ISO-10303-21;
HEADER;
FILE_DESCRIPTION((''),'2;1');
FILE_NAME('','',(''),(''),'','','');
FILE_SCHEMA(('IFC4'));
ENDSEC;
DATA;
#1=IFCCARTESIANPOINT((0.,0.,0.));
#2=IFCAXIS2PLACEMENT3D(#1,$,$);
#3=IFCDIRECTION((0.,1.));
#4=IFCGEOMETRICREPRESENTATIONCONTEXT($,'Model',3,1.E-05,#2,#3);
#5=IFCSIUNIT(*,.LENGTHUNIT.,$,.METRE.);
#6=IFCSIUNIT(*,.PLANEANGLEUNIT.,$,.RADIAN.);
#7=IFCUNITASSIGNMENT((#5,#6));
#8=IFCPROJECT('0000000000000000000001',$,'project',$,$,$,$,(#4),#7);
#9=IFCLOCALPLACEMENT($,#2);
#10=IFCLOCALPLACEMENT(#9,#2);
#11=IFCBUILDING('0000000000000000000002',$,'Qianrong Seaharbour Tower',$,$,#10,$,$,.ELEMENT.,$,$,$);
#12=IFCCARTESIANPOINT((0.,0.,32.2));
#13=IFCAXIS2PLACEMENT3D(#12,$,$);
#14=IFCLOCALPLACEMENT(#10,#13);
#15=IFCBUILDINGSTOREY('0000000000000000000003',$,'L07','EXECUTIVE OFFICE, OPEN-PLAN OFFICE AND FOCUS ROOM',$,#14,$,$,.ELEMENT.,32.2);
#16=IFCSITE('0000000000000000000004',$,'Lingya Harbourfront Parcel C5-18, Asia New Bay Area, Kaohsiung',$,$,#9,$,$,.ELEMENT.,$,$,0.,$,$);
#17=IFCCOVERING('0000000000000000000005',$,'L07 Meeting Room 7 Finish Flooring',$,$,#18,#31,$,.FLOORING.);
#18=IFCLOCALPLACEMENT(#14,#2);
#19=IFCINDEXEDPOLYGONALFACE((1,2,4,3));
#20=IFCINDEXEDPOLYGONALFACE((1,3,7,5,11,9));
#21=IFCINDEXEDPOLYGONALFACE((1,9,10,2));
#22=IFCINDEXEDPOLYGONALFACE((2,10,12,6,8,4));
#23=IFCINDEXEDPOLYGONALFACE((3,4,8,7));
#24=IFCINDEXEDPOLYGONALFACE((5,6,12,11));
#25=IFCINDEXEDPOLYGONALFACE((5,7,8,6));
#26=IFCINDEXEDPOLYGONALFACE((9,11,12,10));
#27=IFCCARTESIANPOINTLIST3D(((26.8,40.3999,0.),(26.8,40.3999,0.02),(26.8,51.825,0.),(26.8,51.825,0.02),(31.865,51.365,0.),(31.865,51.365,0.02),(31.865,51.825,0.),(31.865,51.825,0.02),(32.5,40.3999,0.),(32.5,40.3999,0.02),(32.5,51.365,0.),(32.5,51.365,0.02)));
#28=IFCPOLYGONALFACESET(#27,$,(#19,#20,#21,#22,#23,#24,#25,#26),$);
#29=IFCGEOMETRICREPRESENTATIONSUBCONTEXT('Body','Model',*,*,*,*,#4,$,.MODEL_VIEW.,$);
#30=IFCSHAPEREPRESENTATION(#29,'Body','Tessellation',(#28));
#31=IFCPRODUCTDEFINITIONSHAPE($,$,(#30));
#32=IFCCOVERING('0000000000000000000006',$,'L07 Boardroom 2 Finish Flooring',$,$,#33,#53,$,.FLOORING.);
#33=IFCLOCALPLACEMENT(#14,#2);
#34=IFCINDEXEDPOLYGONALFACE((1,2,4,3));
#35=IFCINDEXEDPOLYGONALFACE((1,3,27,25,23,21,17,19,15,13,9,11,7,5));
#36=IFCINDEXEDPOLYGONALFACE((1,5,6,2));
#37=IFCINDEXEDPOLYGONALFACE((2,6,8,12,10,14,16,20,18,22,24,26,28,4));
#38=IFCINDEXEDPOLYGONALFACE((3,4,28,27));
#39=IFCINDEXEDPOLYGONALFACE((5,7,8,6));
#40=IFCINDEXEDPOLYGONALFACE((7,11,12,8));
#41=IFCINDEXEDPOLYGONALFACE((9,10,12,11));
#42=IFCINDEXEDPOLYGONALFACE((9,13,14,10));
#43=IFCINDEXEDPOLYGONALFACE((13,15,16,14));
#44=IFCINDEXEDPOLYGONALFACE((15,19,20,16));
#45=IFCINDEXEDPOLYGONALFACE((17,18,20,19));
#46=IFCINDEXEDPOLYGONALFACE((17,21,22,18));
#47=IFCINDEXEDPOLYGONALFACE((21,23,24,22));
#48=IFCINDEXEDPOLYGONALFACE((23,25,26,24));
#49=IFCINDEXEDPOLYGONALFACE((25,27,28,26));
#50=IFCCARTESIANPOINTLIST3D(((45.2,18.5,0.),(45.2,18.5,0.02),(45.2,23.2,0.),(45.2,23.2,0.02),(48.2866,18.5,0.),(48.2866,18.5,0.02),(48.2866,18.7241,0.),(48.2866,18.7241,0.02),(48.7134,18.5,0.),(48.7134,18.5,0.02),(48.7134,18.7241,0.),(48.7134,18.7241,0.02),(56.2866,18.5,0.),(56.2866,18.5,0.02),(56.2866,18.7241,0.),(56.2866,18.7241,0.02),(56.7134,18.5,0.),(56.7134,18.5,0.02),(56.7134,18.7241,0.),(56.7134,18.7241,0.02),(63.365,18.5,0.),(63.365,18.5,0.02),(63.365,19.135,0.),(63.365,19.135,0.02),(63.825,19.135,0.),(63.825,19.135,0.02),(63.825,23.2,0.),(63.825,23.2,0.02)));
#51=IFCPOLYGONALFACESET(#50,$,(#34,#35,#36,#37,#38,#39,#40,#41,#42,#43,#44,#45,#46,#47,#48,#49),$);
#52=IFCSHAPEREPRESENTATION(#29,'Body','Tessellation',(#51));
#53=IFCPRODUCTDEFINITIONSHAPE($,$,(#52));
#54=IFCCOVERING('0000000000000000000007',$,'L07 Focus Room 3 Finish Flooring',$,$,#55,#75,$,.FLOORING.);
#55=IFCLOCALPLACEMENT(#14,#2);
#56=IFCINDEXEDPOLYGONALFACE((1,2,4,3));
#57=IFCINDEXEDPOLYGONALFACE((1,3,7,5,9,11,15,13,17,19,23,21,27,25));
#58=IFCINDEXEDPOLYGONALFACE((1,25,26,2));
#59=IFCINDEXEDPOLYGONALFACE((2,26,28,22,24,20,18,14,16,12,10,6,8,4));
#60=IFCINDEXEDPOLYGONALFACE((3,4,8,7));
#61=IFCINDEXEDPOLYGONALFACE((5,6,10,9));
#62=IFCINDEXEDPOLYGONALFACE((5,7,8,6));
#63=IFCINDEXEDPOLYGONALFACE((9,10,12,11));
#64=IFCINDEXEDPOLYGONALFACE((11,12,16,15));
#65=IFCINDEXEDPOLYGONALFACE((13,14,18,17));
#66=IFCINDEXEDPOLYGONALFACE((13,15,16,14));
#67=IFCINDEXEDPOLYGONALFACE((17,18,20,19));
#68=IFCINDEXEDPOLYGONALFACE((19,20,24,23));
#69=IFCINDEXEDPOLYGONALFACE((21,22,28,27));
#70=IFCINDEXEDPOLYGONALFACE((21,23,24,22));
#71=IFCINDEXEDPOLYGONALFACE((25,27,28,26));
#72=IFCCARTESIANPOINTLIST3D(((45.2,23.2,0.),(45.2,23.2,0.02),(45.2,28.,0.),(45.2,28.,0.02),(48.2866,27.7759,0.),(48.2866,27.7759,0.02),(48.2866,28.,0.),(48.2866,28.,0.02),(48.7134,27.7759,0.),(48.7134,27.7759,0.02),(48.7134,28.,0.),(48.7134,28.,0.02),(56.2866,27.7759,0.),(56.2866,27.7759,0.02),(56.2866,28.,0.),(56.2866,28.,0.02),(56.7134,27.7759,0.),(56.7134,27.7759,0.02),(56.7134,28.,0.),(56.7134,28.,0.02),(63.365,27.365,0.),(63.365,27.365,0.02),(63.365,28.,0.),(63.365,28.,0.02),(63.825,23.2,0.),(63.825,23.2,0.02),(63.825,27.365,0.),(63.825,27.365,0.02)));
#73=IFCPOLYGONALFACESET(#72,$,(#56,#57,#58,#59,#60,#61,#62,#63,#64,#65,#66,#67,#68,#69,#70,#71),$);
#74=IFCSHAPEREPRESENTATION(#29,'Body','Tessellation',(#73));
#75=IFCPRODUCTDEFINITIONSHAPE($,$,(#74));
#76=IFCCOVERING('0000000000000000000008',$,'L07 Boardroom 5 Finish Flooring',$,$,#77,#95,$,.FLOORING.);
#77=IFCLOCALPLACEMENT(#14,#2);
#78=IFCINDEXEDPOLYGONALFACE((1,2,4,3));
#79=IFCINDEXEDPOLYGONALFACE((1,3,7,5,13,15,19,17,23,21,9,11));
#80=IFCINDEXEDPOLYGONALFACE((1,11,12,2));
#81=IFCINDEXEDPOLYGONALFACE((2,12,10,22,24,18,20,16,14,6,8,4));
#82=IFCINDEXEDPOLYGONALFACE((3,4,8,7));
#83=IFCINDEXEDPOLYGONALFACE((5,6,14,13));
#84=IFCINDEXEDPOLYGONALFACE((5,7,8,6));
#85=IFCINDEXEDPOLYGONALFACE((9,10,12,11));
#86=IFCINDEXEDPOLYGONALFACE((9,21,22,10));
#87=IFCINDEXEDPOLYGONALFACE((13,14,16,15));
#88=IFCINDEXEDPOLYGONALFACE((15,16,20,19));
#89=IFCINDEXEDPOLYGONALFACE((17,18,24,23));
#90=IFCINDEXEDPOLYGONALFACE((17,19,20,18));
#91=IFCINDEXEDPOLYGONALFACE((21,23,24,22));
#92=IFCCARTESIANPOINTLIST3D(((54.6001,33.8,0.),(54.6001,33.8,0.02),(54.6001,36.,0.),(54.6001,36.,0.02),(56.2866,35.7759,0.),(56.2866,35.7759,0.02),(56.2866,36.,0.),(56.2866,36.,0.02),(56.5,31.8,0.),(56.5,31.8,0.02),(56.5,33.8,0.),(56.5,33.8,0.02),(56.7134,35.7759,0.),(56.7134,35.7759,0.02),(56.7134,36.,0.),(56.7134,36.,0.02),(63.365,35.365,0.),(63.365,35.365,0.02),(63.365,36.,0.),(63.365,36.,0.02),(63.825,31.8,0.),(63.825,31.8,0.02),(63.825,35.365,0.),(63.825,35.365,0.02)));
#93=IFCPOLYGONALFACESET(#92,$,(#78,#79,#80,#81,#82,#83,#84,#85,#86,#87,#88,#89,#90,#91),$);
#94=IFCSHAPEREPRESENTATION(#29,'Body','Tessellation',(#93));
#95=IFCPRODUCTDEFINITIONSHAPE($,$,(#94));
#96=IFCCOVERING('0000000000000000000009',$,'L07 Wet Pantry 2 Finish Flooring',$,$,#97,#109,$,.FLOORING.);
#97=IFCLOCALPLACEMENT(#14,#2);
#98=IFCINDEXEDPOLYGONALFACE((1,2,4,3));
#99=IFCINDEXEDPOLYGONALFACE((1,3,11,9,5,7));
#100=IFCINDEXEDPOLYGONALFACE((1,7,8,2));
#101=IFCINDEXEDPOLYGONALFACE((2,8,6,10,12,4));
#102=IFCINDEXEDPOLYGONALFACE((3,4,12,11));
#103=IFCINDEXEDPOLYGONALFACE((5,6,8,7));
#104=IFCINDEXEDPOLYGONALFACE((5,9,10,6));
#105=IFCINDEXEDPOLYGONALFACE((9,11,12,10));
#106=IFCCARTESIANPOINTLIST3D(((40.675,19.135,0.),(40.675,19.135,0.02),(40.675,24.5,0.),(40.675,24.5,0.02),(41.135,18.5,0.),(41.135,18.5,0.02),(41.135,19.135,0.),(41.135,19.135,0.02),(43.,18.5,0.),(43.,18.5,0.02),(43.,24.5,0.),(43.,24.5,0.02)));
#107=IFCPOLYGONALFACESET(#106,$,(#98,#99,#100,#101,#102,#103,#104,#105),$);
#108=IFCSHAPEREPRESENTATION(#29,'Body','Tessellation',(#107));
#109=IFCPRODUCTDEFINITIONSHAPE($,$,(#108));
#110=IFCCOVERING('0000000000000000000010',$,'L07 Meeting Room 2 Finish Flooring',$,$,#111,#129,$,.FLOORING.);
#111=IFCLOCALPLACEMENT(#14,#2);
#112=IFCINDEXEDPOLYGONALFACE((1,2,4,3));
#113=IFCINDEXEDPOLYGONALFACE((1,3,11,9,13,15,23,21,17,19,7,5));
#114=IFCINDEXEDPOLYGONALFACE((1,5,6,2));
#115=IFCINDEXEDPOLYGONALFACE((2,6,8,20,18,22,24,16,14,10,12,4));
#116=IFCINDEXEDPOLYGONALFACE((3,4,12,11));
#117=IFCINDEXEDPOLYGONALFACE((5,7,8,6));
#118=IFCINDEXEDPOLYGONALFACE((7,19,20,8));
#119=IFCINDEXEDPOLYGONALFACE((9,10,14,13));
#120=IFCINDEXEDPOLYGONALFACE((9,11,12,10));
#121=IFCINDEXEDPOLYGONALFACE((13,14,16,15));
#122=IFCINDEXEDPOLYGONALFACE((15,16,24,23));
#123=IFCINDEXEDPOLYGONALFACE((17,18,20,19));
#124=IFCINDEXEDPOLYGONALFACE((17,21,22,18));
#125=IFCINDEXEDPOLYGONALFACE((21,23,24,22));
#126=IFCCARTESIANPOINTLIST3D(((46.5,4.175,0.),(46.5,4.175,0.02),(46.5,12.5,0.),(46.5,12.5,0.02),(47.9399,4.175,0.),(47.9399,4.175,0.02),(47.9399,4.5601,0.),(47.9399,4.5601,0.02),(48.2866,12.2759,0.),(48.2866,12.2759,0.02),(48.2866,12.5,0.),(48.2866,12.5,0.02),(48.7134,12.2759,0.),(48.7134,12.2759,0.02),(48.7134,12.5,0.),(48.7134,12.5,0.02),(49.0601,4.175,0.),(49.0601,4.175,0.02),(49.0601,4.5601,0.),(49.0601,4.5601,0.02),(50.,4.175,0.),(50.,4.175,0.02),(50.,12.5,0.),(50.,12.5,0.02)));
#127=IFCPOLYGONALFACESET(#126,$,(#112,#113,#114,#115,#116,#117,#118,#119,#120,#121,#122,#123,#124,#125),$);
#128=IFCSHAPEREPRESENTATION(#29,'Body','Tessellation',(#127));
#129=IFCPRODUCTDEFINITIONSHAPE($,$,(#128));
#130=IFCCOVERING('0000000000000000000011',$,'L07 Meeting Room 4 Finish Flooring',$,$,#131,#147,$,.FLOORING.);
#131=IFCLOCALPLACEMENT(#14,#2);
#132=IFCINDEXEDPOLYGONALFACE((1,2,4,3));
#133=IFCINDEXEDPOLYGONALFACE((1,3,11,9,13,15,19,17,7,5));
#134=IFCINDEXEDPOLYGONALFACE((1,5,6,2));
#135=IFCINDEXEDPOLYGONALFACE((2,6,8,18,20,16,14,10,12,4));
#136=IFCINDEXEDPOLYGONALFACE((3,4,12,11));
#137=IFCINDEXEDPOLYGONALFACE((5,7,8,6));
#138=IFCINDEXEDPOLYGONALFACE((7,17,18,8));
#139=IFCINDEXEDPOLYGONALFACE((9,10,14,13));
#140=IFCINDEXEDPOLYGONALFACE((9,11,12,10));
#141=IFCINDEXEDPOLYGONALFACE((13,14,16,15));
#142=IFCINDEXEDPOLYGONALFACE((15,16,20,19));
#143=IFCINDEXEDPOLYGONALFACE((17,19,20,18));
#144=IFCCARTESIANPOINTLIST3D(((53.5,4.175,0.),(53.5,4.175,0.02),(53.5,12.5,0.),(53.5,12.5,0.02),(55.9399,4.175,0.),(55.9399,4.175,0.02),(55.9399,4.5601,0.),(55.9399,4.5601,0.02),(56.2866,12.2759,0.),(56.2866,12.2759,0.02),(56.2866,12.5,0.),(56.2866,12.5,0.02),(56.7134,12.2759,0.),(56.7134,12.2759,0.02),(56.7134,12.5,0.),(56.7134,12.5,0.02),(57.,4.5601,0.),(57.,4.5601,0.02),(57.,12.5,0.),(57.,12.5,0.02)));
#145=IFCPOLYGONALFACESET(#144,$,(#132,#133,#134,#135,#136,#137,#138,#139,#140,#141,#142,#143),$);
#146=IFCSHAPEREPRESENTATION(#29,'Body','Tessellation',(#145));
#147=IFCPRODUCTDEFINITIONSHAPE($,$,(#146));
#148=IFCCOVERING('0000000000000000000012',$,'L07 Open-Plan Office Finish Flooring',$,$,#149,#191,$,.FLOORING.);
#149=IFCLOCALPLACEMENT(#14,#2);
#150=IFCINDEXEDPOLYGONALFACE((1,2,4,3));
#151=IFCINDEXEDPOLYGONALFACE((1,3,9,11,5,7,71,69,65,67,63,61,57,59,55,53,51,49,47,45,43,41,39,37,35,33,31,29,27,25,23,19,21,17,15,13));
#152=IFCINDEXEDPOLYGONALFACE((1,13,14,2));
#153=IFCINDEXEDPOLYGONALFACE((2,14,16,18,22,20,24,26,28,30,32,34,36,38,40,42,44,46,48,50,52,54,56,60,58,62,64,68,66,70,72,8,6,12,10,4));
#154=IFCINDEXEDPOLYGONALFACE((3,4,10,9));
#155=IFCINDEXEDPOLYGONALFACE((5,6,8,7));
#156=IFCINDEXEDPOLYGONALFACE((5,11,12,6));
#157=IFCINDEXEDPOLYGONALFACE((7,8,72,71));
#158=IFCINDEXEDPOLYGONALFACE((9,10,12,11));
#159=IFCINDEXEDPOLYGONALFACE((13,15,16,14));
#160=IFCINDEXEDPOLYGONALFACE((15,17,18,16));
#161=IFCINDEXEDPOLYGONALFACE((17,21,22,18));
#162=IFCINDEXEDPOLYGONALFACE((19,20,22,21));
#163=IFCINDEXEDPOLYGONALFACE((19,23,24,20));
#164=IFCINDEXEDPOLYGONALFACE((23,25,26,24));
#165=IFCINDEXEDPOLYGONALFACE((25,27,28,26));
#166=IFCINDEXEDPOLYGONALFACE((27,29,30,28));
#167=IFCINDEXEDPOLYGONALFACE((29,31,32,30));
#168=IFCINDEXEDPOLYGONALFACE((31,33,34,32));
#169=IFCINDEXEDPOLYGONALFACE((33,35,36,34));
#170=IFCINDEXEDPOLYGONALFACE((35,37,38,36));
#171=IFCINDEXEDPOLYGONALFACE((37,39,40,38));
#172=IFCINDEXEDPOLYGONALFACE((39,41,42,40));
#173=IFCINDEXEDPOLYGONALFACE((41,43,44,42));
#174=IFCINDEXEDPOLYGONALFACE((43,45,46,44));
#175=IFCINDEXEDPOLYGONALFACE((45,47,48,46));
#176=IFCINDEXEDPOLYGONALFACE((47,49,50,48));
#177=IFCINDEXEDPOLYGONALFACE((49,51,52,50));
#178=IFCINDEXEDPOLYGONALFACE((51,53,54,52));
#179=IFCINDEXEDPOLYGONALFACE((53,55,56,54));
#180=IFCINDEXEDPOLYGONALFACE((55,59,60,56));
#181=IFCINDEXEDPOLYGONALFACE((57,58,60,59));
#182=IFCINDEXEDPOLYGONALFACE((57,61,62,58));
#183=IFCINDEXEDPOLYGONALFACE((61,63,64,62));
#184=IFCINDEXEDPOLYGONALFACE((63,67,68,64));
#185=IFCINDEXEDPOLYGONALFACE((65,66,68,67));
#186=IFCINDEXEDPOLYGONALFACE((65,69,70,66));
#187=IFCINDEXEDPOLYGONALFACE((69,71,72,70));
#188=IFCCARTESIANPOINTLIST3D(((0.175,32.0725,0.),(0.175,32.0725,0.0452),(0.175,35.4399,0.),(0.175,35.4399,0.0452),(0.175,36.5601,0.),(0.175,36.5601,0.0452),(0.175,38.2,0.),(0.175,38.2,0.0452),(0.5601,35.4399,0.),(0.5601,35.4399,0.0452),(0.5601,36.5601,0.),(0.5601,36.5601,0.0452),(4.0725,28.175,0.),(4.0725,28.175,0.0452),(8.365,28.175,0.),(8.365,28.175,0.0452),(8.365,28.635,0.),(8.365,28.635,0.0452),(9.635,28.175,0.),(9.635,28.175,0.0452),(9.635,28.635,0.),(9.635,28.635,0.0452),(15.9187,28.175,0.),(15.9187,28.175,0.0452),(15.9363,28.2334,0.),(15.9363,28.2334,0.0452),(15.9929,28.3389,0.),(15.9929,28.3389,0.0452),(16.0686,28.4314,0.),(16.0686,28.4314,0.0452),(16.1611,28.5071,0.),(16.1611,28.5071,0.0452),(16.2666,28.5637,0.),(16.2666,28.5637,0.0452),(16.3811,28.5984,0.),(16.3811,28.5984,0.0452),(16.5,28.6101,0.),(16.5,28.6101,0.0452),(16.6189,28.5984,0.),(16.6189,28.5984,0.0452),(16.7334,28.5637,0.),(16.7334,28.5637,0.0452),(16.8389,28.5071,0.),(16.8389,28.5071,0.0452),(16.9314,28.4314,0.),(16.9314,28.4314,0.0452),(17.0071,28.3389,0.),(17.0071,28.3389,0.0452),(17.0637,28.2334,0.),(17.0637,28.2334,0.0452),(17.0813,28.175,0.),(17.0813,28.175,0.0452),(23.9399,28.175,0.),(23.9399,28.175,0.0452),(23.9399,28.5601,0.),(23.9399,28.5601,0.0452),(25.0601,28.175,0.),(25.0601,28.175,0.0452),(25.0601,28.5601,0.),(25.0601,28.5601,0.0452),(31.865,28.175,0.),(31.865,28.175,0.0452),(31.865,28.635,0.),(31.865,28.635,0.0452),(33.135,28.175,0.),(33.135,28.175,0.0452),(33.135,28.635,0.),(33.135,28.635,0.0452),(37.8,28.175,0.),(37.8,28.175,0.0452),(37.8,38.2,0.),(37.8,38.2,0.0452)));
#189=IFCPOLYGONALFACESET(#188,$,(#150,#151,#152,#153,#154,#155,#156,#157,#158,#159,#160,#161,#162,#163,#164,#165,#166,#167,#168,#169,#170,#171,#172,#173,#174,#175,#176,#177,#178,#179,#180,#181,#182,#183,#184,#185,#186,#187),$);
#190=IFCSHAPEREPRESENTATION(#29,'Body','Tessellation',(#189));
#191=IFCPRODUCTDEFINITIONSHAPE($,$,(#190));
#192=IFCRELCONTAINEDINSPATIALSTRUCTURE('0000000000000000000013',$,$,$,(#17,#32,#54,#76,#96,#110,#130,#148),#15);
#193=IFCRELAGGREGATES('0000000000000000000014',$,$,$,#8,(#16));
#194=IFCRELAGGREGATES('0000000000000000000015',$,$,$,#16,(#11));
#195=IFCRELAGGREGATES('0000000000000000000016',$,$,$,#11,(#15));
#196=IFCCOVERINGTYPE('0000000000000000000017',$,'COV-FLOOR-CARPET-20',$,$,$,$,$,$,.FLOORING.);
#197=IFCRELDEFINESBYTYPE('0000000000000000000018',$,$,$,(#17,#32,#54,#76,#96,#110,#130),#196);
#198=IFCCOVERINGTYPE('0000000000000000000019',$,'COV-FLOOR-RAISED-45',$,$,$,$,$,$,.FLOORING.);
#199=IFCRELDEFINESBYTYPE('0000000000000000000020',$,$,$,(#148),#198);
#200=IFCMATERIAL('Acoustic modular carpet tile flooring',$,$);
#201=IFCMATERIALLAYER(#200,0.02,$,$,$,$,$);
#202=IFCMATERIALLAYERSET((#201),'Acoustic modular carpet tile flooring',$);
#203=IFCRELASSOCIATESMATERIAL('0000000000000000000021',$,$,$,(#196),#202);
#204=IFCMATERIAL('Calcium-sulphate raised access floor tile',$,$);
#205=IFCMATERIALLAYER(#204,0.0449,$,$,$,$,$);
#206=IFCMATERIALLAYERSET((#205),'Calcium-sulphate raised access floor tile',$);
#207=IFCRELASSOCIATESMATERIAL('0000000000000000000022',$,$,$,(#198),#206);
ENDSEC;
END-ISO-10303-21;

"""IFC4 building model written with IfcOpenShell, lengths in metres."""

from ifc_helpers import new_model, si_unit, direction, frame, origin, place, context, subcontext, project, spatial, polyline, outline, extrude, material, layer, layer_set, type_object, element, save


model = new_model("IFC4")

# Units and contexts
model_context = context("Model", 3, precision=1e-05, world=origin(), true_north=direction((0.0, 1.0)))
body_context = subcontext(model_context, "Body", "Model", "MODEL_VIEW")
ifc_project = project(units=[si_unit("LENGTHUNIT", "METRE"), si_unit("PLANEANGLEUNIT", "RADIAN")], contexts=[model_context])

# Site, building, storey
site_placement = place(None, origin())
site = spatial("IfcSite", under=ifc_project, at=site_placement, Name="Lingya Harbourfront Parcel C5-18, Asia New Bay Area, Kaohsiung", CompositionType="ELEMENT", RefElevation=0.0)
building_placement = place(site_placement, origin())
building = spatial("IfcBuilding", under=site, at=building_placement, Name="Qianrong Seaharbour Tower", CompositionType="ELEMENT")
storey_placement = place(building_placement, frame((0.0, 0.0, 32.2)))
storey = spatial("IfcBuildingStorey", under=building, at=storey_placement, Name="L07", Description="EXECUTIVE OFFICE, OPEN-PLAN OFFICE AND FOCUS ROOM", CompositionType="ELEMENT", Elevation=32.2)

# Coverings
ifc_material_1 = material(Name="Acoustic modular carpet tile flooring")
ifc_layer_1 = layer(ifc_material_1, 0.02)
ifc_layer_set_1 = layer_set([ifc_layer_1], Name="Acoustic modular carpet tile flooring")
covering_type_1 = type_object("IfcCoveringType", Name="COV-FLOOR-CARPET-20", PredefinedType="FLOORING", material=ifc_layer_set_1)
covering_1_placement = place(storey_placement, origin())
element("IfcCovering", 1, at=covering_1_placement, inside=storey, type_object=covering_type_1, Name="L07 Meeting Room 7 Finish Flooring", PredefinedType="FLOORING", context=body_context, shape_type="SweptSolid", body=[
    extrude(outline(polyline([(26.8, 51.825), (31.865, 51.825), (31.865, 51.365), (32.5, 51.365), (32.5, 40.3999), (26.8, 40.3999), (26.8, 51.825)])), origin(), (0.0, 0.0, 1.0), 0.02),
])
covering_2_placement = place(storey_placement, origin())
element("IfcCovering", 2, at=covering_2_placement, inside=storey, type_object=covering_type_1, Name="L07 Boardroom 2 Finish Flooring", PredefinedType="FLOORING", context=body_context, shape_type="SweptSolid", body=[
    extrude(outline(polyline([(63.825, 23.2), (63.825, 19.135), (63.365, 19.135), (63.365, 18.5), (56.7134, 18.5), (56.7134, 18.7241), (56.2866, 18.7241), (56.2866, 18.5), (48.7134, 18.5), (48.7134, 18.7241), (48.2866, 18.7241), (48.2866, 18.5), (45.2, 18.5), (45.2, 23.2), (63.825, 23.2)])), origin(), (0.0, 0.0, 1.0), 0.02),
])
covering_3_placement = place(storey_placement, origin())
element("IfcCovering", 3, at=covering_3_placement, inside=storey, type_object=covering_type_1, Name="L07 Focus Room 3 Finish Flooring", PredefinedType="FLOORING", context=body_context, shape_type="SweptSolid", body=[
    extrude(outline(polyline([(48.2866, 28.0), (48.2866, 27.7759), (48.7134, 27.7759), (48.7134, 28.0), (56.2866, 28.0), (56.2866, 27.7759), (56.7134, 27.7759), (56.7134, 28.0), (63.365, 28.0), (63.365, 27.365), (63.825, 27.365), (63.825, 23.2), (45.2, 23.2), (45.2, 28.0), (48.2866, 28.0)])), origin(), (0.0, 0.0, 1.0), 0.02),
])
covering_4_placement = place(storey_placement, origin())
element("IfcCovering", 4, at=covering_4_placement, inside=storey, type_object=covering_type_1, Name="L07 Boardroom 5 Finish Flooring", PredefinedType="FLOORING", context=body_context, shape_type="SweptSolid", body=[
    extrude(outline(polyline([(63.825, 31.8), (56.5, 31.8), (56.5, 33.8), (54.6001, 33.8), (54.6001, 36.0), (56.2866, 36.0), (56.2866, 35.7759), (56.7134, 35.7759), (56.7134, 36.0), (63.365, 36.0), (63.365, 35.365), (63.825, 35.365), (63.825, 31.8)])), origin(), (0.0, 0.0, 1.0), 0.02),
])
covering_5_placement = place(storey_placement, origin())
element("IfcCovering", 5, at=covering_5_placement, inside=storey, type_object=covering_type_1, Name="L07 Wet Pantry 2 Finish Flooring", PredefinedType="FLOORING", context=body_context, shape_type="SweptSolid", body=[
    extrude(outline(polyline([(41.135, 18.5), (41.135, 19.135), (40.675, 19.135), (40.675, 24.5), (43.0, 24.5), (43.0, 18.5), (41.135, 18.5)])), origin(), (0.0, 0.0, 1.0), 0.02),
])
covering_6_placement = place(storey_placement, origin())
element("IfcCovering", 6, at=covering_6_placement, inside=storey, type_object=covering_type_1, Name="L07 Meeting Room 2 Finish Flooring", PredefinedType="FLOORING", context=body_context, shape_type="SweptSolid", body=[
    extrude(outline(polyline([(50.0, 4.175), (49.0601, 4.175), (49.0601, 4.5601), (47.9399, 4.5601), (47.9399, 4.175), (46.5, 4.175), (46.5, 12.5), (48.2866, 12.5), (48.2866, 12.2759), (48.7134, 12.2759), (48.7134, 12.5), (50.0, 12.5), (50.0, 4.175)])), origin(), (0.0, 0.0, 1.0), 0.02),
])
covering_7_placement = place(storey_placement, origin())
element("IfcCovering", 7, at=covering_7_placement, inside=storey, type_object=covering_type_1, Name="L07 Meeting Room 4 Finish Flooring", PredefinedType="FLOORING", context=body_context, shape_type="SweptSolid", body=[
    extrude(outline(polyline([(57.0, 4.5601), (55.9399, 4.5601), (55.9399, 4.175), (53.5, 4.175), (53.5, 12.5), (56.2866, 12.5), (56.2866, 12.2759), (56.7134, 12.2759), (56.7134, 12.5), (57.0, 12.5), (57.0, 4.5601)])), origin(), (0.0, 0.0, 1.0), 0.02),
])
ifc_material_2 = material(Name="Calcium-sulphate raised access floor tile")
ifc_layer_2 = layer(ifc_material_2, 0.0449)
ifc_layer_set_2 = layer_set([ifc_layer_2], Name="Calcium-sulphate raised access floor tile")
covering_type_2 = type_object("IfcCoveringType", Name="COV-FLOOR-RAISED-45", PredefinedType="FLOORING", material=ifc_layer_set_2)
covering_8_placement = place(storey_placement, origin())
element("IfcCovering", 8, at=covering_8_placement, inside=storey, type_object=covering_type_2, Name="L07 Open-Plan Office Finish Flooring", PredefinedType="FLOORING", context=body_context, shape_type="SweptSolid", body=[
    extrude(outline(polyline([(33.135, 28.175), (33.135, 28.635), (31.865, 28.635), (31.865, 28.175), (25.0601, 28.175), (25.0601, 28.5601), (23.9399, 28.5601), (23.9399, 28.175), (17.0813, 28.175), (17.0637, 28.2334), (17.0071, 28.3389), (16.9314, 28.4314), (16.8389, 28.5071), (16.7334, 28.5637), (16.6189, 28.5984), (16.5, 28.6101), (16.3811, 28.5984), (16.2666, 28.5637), (16.1611, 28.5071), (16.0686, 28.4314), (15.9929, 28.3389), (15.9363, 28.2334), (15.9187, 28.175), (9.635, 28.175), (9.635, 28.635), (8.365, 28.635), (8.365, 28.175), (4.0725, 28.175), (0.175, 32.0725), (0.175, 35.4399), (0.5601, 35.4399), (0.5601, 36.5601), (0.175, 36.5601), (0.175, 38.2), (37.8, 38.2), (37.8, 28.175), (33.135, 28.175)])), origin(), (0.0, 0.0, 1.0), 0.0452),
])

save(model, "model.ifc")
